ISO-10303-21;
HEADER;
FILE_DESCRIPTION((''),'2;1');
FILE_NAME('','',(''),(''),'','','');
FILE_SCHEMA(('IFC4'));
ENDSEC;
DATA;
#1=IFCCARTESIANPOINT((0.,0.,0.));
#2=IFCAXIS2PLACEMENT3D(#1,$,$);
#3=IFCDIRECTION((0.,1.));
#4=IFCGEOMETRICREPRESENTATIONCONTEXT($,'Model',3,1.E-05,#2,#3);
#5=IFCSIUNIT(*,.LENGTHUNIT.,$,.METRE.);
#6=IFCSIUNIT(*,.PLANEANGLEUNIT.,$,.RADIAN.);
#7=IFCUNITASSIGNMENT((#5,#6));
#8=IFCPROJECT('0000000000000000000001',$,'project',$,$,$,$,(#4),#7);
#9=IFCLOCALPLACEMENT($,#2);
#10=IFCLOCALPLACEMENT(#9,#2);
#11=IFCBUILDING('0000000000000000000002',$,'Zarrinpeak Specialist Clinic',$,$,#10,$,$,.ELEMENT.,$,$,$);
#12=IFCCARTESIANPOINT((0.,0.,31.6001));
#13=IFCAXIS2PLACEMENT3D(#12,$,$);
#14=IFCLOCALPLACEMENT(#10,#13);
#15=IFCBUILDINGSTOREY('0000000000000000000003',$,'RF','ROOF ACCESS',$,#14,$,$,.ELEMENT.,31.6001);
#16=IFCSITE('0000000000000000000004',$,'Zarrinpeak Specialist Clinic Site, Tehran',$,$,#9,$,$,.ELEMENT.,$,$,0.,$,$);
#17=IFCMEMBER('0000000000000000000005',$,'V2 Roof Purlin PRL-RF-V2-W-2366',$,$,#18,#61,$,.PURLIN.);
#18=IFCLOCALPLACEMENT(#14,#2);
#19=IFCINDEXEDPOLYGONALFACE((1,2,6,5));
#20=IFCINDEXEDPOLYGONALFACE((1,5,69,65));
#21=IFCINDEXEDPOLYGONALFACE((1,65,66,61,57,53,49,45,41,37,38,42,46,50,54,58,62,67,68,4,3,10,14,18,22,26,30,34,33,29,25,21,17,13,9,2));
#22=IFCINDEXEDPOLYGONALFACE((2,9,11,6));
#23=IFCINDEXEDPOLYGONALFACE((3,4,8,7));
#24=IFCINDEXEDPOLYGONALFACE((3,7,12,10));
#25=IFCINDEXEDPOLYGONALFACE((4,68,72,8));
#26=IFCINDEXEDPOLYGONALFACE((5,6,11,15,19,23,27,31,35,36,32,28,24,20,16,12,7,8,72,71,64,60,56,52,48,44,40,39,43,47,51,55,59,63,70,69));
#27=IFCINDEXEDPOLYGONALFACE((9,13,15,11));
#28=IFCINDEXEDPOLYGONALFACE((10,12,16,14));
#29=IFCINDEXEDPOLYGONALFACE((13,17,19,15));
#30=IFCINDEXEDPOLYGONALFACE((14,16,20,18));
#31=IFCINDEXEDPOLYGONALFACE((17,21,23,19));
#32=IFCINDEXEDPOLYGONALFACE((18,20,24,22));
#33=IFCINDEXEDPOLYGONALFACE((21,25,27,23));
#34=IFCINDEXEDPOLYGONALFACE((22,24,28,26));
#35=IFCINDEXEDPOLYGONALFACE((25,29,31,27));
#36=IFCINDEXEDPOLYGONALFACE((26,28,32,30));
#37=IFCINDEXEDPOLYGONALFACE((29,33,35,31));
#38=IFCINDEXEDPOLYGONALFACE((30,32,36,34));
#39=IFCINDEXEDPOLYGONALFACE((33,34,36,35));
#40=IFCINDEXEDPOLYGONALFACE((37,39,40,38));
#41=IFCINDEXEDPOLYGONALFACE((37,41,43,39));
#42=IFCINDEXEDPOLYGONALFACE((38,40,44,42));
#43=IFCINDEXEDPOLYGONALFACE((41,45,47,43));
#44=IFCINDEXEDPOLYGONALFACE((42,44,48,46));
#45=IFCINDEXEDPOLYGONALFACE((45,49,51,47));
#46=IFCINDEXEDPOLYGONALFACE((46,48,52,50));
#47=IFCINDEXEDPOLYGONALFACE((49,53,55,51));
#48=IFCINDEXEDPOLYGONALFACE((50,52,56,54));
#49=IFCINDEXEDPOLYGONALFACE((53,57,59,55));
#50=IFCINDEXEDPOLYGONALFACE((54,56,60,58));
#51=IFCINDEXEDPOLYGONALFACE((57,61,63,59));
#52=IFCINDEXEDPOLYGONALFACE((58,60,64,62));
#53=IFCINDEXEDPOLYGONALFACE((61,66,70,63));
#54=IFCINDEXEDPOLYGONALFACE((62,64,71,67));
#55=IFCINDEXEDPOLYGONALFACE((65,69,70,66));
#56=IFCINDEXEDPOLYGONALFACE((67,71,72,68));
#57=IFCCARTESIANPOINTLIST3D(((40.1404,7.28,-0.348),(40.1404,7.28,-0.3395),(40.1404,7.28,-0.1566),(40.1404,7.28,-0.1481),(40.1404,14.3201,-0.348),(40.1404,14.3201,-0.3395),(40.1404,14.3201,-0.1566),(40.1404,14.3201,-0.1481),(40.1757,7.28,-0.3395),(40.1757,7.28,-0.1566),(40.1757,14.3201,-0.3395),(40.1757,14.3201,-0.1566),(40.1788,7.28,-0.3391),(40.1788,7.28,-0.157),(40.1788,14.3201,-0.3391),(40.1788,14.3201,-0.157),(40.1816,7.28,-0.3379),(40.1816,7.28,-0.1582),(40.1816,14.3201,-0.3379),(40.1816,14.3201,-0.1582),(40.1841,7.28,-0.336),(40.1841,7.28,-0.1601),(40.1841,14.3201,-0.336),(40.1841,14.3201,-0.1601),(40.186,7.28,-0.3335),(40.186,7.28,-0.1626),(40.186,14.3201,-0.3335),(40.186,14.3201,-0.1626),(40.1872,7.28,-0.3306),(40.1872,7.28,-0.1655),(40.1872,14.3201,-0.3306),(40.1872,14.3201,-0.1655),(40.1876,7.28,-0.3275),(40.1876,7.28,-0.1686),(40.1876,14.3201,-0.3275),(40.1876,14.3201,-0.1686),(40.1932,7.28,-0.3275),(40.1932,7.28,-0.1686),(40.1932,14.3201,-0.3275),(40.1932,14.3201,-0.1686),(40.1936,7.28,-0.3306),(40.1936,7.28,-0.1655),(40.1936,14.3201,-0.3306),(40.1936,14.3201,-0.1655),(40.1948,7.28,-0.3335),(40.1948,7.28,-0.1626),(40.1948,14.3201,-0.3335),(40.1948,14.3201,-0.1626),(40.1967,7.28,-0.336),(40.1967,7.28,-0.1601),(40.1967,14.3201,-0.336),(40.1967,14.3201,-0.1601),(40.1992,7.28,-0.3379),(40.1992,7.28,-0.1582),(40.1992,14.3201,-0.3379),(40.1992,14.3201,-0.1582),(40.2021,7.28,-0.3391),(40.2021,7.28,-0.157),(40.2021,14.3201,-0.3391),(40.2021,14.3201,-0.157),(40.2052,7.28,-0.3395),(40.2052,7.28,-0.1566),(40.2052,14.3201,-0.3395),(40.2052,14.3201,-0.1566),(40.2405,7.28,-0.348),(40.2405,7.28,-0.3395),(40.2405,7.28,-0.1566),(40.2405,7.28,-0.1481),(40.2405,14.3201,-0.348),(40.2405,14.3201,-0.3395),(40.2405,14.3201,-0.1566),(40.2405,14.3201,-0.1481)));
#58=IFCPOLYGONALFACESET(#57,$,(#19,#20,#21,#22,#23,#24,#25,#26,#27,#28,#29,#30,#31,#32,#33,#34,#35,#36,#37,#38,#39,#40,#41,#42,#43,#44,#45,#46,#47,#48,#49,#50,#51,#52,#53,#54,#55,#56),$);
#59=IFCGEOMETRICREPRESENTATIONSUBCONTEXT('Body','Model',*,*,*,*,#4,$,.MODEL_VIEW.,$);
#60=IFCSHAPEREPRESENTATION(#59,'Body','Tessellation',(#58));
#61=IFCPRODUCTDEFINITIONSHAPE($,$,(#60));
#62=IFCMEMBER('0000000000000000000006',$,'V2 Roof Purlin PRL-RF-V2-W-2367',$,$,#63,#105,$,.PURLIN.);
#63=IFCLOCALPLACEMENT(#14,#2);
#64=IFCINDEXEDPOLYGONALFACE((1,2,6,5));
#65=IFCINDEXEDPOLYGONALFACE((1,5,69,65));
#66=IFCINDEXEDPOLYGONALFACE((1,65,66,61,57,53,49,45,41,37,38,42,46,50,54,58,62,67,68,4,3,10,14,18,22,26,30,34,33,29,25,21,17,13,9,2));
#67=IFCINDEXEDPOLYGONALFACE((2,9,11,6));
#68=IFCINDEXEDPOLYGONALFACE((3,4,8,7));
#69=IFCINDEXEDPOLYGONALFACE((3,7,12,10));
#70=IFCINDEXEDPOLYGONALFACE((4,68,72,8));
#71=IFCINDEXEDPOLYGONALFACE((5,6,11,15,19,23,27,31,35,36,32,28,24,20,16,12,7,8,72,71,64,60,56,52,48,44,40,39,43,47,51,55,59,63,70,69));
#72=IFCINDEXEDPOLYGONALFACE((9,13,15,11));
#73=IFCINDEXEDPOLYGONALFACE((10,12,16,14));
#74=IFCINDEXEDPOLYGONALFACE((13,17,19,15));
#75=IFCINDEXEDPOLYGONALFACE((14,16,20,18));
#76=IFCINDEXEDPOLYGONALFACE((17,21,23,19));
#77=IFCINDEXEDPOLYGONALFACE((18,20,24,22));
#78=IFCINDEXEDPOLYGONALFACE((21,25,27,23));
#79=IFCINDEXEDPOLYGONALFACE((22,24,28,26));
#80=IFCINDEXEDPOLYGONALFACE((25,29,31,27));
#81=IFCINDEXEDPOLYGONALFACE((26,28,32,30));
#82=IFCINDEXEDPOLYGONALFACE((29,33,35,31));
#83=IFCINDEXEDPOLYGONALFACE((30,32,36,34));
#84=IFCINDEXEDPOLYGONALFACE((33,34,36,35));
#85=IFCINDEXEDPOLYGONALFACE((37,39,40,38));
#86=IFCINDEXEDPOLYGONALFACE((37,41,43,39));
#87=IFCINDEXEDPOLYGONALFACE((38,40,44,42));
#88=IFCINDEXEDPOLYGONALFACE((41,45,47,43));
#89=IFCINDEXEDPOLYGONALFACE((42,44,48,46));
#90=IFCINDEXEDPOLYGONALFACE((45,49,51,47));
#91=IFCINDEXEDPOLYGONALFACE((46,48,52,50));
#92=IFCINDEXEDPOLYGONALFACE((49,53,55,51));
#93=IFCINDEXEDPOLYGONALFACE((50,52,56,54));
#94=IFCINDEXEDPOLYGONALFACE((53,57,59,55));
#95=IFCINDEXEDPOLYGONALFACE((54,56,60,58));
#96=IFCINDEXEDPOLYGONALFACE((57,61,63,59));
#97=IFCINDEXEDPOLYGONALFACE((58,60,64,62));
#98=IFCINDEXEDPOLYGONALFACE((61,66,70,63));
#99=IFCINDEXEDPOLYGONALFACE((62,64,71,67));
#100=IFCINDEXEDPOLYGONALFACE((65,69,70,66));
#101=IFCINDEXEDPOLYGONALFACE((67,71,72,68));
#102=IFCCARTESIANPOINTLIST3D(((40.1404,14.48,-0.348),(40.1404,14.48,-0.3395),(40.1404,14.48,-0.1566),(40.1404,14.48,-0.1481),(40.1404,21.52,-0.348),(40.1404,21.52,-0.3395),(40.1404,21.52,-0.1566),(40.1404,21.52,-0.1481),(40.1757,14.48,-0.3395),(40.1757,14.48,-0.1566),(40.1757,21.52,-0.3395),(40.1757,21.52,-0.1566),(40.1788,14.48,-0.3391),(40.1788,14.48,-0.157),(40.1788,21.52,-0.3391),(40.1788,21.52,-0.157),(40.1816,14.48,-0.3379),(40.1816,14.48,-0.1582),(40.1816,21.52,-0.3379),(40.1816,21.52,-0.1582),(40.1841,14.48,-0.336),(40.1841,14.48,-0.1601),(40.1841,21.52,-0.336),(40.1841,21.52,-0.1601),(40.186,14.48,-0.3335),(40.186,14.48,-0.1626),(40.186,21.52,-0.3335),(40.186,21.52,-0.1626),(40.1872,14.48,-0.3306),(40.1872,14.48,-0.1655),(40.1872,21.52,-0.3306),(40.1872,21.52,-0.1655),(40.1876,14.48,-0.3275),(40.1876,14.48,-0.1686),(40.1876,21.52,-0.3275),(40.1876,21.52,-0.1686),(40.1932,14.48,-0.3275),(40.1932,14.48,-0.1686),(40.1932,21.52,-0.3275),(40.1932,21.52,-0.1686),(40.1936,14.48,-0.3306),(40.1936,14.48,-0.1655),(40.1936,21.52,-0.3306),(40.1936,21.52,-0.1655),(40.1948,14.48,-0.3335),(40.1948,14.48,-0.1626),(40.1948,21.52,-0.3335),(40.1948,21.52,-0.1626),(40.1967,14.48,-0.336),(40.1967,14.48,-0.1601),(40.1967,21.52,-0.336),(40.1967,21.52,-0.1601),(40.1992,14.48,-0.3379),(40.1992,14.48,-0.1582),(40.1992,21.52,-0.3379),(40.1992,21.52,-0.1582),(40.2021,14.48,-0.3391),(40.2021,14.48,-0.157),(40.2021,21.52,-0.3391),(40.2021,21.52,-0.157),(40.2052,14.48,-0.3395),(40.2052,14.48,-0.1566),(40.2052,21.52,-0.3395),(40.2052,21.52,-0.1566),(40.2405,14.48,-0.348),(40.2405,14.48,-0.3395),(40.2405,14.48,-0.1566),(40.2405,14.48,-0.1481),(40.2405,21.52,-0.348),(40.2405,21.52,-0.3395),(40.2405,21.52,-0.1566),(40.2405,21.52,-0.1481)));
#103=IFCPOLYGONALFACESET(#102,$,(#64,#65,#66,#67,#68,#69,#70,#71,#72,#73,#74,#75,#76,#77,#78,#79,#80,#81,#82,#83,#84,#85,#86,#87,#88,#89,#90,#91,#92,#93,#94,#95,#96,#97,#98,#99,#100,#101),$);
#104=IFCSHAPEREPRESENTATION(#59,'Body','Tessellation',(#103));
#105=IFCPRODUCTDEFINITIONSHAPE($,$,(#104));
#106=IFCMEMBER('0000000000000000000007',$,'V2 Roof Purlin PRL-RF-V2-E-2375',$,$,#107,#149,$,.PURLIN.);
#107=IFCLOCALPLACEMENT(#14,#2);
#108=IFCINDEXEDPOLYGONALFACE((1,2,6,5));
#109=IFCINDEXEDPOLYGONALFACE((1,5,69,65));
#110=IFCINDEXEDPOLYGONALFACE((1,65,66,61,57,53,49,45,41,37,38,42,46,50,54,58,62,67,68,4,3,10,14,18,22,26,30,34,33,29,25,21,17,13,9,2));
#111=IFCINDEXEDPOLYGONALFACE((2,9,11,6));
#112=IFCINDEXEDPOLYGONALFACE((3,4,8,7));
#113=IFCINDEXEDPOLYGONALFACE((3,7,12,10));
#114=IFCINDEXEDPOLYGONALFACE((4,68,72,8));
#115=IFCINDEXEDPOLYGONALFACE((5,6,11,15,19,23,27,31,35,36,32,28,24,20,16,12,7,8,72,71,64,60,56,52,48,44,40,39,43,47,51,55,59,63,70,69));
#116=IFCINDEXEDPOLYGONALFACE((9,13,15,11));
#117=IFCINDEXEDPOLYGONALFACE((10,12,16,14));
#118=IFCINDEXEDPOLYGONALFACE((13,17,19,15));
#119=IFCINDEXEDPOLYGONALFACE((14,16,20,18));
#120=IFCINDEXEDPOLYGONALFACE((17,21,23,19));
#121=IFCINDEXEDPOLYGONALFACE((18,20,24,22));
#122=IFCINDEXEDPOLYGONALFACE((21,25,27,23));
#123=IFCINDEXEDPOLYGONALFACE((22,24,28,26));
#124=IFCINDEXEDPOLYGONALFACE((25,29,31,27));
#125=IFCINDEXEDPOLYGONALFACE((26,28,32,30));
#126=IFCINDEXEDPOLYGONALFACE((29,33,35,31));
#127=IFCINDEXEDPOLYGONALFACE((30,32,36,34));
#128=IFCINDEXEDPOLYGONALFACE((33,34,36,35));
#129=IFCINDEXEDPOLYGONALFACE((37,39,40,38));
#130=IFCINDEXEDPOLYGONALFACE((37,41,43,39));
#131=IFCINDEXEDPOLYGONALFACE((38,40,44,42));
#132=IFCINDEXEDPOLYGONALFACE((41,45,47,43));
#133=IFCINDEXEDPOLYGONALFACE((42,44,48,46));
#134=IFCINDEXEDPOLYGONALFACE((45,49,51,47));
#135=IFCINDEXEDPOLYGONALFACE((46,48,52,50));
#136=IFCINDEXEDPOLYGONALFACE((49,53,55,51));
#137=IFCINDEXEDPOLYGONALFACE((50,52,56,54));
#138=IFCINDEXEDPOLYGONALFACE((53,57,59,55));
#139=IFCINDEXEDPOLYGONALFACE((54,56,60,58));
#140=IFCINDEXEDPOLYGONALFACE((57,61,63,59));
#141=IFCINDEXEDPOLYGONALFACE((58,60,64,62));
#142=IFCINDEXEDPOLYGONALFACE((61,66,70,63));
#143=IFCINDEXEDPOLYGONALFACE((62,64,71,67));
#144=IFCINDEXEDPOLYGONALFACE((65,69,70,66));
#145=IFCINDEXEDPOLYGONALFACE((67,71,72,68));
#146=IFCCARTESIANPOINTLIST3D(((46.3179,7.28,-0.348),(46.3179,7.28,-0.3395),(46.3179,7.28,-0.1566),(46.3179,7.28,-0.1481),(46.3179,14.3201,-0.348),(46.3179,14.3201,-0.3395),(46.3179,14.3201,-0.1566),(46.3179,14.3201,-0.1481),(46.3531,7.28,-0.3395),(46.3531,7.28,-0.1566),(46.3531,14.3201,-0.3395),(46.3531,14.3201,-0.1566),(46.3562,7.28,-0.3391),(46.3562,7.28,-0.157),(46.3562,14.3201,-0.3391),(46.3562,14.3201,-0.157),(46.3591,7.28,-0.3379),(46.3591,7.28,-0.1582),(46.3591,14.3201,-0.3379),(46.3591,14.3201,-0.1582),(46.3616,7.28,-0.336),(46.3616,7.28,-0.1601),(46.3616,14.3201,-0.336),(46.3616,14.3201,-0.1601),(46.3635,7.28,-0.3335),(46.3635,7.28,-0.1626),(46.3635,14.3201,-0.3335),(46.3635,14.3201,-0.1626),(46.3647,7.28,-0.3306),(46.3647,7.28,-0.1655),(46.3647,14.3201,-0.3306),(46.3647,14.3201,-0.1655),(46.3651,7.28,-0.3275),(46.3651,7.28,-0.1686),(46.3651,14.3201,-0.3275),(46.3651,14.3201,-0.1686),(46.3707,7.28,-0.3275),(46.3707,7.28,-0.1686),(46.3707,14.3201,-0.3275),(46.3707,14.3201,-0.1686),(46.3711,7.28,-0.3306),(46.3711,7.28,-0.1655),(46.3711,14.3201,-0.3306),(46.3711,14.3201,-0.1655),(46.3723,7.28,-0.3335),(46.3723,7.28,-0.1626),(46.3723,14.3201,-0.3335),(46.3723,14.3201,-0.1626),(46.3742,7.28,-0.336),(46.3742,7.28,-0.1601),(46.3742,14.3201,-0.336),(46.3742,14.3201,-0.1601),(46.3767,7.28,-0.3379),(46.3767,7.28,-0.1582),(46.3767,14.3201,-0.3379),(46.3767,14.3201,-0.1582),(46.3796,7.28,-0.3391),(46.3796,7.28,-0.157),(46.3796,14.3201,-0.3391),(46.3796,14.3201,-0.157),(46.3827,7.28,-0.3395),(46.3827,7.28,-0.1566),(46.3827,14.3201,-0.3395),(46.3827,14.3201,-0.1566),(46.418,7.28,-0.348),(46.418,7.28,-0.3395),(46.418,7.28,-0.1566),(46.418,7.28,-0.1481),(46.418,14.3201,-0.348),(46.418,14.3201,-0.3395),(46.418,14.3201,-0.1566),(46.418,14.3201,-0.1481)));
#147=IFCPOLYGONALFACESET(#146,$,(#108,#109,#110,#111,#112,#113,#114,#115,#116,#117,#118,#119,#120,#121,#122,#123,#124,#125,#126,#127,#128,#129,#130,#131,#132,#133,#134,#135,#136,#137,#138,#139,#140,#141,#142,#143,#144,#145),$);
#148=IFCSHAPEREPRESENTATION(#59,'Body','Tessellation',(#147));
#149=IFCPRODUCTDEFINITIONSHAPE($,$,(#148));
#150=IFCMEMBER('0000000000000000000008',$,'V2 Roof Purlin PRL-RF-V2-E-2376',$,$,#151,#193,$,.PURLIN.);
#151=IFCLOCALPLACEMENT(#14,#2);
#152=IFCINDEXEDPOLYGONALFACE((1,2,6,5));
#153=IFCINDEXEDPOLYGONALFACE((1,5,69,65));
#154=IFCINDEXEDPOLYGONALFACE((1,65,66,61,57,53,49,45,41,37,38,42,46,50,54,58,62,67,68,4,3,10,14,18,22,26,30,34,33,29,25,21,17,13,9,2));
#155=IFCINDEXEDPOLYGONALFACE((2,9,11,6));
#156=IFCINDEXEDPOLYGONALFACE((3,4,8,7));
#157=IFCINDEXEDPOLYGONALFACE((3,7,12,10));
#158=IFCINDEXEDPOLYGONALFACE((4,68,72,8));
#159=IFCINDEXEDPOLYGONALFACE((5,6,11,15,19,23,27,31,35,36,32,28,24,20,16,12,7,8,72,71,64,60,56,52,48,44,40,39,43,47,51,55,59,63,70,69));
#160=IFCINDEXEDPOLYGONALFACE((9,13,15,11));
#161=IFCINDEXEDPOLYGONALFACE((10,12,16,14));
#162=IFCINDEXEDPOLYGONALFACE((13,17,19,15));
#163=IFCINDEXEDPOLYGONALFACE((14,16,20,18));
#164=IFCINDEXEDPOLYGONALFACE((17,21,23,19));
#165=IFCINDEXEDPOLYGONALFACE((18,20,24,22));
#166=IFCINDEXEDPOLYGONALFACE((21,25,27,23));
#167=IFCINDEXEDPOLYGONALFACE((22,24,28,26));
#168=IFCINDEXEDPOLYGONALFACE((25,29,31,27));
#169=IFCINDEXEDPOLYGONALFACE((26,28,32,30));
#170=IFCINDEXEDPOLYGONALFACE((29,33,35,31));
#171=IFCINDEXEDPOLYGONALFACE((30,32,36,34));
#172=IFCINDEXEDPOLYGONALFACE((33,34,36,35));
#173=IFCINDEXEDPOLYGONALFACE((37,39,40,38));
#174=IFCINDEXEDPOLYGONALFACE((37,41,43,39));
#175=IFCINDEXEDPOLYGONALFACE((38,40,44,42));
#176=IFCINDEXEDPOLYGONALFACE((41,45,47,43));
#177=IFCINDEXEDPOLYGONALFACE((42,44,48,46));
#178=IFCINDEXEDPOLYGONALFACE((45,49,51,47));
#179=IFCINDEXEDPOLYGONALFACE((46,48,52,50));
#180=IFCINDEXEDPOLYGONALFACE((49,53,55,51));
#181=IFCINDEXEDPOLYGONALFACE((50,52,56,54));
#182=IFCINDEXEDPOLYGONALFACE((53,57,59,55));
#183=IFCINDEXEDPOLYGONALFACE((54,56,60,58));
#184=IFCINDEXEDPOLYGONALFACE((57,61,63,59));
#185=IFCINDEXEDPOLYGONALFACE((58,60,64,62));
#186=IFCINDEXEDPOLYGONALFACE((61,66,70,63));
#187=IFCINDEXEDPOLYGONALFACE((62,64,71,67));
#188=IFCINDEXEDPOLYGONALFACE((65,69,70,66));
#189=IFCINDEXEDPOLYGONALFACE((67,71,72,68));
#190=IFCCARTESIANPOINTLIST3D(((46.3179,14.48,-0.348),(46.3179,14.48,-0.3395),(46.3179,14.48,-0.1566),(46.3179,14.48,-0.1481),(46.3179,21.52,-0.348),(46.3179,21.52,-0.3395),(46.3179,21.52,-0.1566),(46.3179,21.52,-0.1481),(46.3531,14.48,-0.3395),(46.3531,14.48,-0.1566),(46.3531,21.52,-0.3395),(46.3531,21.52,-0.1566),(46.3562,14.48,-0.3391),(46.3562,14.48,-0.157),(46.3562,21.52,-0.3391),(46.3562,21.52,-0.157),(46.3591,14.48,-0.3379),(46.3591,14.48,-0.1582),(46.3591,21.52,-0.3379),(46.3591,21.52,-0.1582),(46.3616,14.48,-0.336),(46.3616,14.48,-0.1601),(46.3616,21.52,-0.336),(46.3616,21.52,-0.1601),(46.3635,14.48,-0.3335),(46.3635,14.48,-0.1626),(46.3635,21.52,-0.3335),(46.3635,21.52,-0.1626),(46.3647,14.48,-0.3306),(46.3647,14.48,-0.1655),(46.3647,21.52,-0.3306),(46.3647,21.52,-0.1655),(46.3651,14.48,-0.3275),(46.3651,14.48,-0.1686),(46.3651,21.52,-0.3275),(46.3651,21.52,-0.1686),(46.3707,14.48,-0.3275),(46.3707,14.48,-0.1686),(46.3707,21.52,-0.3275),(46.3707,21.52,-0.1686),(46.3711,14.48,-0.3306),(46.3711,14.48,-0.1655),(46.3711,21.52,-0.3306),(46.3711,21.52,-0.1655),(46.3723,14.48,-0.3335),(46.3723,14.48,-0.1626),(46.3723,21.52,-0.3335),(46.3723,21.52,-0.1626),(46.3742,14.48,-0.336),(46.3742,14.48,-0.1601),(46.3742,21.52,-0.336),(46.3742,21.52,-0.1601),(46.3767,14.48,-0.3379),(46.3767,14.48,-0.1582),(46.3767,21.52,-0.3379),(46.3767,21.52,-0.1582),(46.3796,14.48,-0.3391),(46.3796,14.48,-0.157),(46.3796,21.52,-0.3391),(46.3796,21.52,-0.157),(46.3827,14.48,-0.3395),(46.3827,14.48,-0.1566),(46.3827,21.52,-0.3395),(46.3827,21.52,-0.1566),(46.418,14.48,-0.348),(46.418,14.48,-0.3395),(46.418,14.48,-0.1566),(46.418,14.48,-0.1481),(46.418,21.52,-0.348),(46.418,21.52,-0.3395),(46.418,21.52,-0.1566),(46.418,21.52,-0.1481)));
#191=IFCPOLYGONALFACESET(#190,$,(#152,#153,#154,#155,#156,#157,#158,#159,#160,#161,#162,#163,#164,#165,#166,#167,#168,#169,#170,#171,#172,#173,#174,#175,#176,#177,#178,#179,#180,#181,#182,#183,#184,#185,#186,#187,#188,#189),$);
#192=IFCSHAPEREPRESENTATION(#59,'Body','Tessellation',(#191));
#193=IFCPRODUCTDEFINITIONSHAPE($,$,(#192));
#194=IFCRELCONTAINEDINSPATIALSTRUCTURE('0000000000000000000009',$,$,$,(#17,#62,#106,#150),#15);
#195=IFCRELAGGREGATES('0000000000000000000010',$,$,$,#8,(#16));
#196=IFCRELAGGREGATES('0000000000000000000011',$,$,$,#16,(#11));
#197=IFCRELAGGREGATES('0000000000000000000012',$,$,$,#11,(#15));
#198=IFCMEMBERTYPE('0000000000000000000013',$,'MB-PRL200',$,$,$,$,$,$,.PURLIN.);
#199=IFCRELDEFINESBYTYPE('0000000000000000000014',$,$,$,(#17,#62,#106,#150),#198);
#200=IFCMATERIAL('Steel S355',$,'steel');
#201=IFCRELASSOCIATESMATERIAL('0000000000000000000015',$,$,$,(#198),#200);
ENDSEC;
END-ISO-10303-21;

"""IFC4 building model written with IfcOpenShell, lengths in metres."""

from ifc_helpers import new_model, si_unit, direction, frame, origin, origin_2d, place, context, subcontext, project, spatial, i_section, extrude, material, material_profile, profile_set, type_object, element, save


model = new_model("IFC4")

# Units and contexts
model_context = context("Model", 3, precision=1e-05, world=origin(), true_north=direction((0.0, 1.0)))
body_context = subcontext(model_context, "Body", "Model", "MODEL_VIEW")
ifc_project = project(units=[si_unit("LENGTHUNIT", "METRE"), si_unit("PLANEANGLEUNIT", "RADIAN")], contexts=[model_context])

# Site, building, storey
site_placement = place(None, origin())
site = spatial("IfcSite", under=ifc_project, at=site_placement, Name="Zarrinpeak Specialist Clinic Site, Tehran", CompositionType="ELEMENT", RefElevation=0.0)
building_placement = place(site_placement, origin())
building = spatial("IfcBuilding", under=site, at=building_placement, Name="Zarrinpeak Specialist Clinic", CompositionType="ELEMENT")
storey_placement = place(building_placement, frame((0.0, 0.0, 31.6001)))
storey = spatial("IfcBuildingStorey", under=building, at=storey_placement, Name="RF", Description="ROOF ACCESS", CompositionType="ELEMENT", Elevation=31.6001)

# Shared definitions
ifc_material_1 = material(Name="Steel S355", Category="steel")

# Members
ifc_material_profile_1 = material_profile(ifc_material_1, i_section(OverallWidth=0.1001, OverallDepth=0.2, WebThickness=0.0056, FlangeThickness=0.0085, FilletRadius=0.012, at=origin_2d()), Name="IPE 200")
ifc_profile_set_1 = profile_set([ifc_material_profile_1], Name="Steel S355")
member_type_1 = type_object("IfcMemberType", Name="MB-PRL200", PredefinedType="PURLIN", material=ifc_profile_set_1)
for number, where, z_axis, x_axis, name in (
    (1, (40.1904, 7.28, -0.248), (0.0, 1.0, 0.0), (-1.0, 0.0, 0.0), "V2 Roof Purlin PRL-RF-V2-W-2366"),
    (2, (40.1904, 14.48, -0.248), (0.0, 1.0, 0.0), (-1.0, 0.0, 0.0), "V2 Roof Purlin PRL-RF-V2-W-2367"),
    (3, (46.3679, 7.28, -0.248), (0.0, 1.0, 0.0), (-1.0, 0.0, 0.0), "V2 Roof Purlin PRL-RF-V2-E-2375"),
    (4, (46.3679, 14.48, -0.248), (0.0, 1.0, 0.0), (-1.0, 0.0, 0.0), "V2 Roof Purlin PRL-RF-V2-E-2376"),
):
    element("IfcMember", number, at=place(storey_placement, frame(where, z_axis=z_axis, x_axis=x_axis)), inside=storey, type_object=member_type_1, Name=name, PredefinedType="PURLIN", context=body_context, shape_type="SweptSolid", body=[
        extrude(i_section(OverallWidth=0.1001, OverallDepth=0.2, WebThickness=0.0056, FlangeThickness=0.0085, FilletRadius=0.012, at=origin_2d()), origin(), (0.0, 0.0, 1.0), 7.04),
    ])

save(model, "model.ifc")
